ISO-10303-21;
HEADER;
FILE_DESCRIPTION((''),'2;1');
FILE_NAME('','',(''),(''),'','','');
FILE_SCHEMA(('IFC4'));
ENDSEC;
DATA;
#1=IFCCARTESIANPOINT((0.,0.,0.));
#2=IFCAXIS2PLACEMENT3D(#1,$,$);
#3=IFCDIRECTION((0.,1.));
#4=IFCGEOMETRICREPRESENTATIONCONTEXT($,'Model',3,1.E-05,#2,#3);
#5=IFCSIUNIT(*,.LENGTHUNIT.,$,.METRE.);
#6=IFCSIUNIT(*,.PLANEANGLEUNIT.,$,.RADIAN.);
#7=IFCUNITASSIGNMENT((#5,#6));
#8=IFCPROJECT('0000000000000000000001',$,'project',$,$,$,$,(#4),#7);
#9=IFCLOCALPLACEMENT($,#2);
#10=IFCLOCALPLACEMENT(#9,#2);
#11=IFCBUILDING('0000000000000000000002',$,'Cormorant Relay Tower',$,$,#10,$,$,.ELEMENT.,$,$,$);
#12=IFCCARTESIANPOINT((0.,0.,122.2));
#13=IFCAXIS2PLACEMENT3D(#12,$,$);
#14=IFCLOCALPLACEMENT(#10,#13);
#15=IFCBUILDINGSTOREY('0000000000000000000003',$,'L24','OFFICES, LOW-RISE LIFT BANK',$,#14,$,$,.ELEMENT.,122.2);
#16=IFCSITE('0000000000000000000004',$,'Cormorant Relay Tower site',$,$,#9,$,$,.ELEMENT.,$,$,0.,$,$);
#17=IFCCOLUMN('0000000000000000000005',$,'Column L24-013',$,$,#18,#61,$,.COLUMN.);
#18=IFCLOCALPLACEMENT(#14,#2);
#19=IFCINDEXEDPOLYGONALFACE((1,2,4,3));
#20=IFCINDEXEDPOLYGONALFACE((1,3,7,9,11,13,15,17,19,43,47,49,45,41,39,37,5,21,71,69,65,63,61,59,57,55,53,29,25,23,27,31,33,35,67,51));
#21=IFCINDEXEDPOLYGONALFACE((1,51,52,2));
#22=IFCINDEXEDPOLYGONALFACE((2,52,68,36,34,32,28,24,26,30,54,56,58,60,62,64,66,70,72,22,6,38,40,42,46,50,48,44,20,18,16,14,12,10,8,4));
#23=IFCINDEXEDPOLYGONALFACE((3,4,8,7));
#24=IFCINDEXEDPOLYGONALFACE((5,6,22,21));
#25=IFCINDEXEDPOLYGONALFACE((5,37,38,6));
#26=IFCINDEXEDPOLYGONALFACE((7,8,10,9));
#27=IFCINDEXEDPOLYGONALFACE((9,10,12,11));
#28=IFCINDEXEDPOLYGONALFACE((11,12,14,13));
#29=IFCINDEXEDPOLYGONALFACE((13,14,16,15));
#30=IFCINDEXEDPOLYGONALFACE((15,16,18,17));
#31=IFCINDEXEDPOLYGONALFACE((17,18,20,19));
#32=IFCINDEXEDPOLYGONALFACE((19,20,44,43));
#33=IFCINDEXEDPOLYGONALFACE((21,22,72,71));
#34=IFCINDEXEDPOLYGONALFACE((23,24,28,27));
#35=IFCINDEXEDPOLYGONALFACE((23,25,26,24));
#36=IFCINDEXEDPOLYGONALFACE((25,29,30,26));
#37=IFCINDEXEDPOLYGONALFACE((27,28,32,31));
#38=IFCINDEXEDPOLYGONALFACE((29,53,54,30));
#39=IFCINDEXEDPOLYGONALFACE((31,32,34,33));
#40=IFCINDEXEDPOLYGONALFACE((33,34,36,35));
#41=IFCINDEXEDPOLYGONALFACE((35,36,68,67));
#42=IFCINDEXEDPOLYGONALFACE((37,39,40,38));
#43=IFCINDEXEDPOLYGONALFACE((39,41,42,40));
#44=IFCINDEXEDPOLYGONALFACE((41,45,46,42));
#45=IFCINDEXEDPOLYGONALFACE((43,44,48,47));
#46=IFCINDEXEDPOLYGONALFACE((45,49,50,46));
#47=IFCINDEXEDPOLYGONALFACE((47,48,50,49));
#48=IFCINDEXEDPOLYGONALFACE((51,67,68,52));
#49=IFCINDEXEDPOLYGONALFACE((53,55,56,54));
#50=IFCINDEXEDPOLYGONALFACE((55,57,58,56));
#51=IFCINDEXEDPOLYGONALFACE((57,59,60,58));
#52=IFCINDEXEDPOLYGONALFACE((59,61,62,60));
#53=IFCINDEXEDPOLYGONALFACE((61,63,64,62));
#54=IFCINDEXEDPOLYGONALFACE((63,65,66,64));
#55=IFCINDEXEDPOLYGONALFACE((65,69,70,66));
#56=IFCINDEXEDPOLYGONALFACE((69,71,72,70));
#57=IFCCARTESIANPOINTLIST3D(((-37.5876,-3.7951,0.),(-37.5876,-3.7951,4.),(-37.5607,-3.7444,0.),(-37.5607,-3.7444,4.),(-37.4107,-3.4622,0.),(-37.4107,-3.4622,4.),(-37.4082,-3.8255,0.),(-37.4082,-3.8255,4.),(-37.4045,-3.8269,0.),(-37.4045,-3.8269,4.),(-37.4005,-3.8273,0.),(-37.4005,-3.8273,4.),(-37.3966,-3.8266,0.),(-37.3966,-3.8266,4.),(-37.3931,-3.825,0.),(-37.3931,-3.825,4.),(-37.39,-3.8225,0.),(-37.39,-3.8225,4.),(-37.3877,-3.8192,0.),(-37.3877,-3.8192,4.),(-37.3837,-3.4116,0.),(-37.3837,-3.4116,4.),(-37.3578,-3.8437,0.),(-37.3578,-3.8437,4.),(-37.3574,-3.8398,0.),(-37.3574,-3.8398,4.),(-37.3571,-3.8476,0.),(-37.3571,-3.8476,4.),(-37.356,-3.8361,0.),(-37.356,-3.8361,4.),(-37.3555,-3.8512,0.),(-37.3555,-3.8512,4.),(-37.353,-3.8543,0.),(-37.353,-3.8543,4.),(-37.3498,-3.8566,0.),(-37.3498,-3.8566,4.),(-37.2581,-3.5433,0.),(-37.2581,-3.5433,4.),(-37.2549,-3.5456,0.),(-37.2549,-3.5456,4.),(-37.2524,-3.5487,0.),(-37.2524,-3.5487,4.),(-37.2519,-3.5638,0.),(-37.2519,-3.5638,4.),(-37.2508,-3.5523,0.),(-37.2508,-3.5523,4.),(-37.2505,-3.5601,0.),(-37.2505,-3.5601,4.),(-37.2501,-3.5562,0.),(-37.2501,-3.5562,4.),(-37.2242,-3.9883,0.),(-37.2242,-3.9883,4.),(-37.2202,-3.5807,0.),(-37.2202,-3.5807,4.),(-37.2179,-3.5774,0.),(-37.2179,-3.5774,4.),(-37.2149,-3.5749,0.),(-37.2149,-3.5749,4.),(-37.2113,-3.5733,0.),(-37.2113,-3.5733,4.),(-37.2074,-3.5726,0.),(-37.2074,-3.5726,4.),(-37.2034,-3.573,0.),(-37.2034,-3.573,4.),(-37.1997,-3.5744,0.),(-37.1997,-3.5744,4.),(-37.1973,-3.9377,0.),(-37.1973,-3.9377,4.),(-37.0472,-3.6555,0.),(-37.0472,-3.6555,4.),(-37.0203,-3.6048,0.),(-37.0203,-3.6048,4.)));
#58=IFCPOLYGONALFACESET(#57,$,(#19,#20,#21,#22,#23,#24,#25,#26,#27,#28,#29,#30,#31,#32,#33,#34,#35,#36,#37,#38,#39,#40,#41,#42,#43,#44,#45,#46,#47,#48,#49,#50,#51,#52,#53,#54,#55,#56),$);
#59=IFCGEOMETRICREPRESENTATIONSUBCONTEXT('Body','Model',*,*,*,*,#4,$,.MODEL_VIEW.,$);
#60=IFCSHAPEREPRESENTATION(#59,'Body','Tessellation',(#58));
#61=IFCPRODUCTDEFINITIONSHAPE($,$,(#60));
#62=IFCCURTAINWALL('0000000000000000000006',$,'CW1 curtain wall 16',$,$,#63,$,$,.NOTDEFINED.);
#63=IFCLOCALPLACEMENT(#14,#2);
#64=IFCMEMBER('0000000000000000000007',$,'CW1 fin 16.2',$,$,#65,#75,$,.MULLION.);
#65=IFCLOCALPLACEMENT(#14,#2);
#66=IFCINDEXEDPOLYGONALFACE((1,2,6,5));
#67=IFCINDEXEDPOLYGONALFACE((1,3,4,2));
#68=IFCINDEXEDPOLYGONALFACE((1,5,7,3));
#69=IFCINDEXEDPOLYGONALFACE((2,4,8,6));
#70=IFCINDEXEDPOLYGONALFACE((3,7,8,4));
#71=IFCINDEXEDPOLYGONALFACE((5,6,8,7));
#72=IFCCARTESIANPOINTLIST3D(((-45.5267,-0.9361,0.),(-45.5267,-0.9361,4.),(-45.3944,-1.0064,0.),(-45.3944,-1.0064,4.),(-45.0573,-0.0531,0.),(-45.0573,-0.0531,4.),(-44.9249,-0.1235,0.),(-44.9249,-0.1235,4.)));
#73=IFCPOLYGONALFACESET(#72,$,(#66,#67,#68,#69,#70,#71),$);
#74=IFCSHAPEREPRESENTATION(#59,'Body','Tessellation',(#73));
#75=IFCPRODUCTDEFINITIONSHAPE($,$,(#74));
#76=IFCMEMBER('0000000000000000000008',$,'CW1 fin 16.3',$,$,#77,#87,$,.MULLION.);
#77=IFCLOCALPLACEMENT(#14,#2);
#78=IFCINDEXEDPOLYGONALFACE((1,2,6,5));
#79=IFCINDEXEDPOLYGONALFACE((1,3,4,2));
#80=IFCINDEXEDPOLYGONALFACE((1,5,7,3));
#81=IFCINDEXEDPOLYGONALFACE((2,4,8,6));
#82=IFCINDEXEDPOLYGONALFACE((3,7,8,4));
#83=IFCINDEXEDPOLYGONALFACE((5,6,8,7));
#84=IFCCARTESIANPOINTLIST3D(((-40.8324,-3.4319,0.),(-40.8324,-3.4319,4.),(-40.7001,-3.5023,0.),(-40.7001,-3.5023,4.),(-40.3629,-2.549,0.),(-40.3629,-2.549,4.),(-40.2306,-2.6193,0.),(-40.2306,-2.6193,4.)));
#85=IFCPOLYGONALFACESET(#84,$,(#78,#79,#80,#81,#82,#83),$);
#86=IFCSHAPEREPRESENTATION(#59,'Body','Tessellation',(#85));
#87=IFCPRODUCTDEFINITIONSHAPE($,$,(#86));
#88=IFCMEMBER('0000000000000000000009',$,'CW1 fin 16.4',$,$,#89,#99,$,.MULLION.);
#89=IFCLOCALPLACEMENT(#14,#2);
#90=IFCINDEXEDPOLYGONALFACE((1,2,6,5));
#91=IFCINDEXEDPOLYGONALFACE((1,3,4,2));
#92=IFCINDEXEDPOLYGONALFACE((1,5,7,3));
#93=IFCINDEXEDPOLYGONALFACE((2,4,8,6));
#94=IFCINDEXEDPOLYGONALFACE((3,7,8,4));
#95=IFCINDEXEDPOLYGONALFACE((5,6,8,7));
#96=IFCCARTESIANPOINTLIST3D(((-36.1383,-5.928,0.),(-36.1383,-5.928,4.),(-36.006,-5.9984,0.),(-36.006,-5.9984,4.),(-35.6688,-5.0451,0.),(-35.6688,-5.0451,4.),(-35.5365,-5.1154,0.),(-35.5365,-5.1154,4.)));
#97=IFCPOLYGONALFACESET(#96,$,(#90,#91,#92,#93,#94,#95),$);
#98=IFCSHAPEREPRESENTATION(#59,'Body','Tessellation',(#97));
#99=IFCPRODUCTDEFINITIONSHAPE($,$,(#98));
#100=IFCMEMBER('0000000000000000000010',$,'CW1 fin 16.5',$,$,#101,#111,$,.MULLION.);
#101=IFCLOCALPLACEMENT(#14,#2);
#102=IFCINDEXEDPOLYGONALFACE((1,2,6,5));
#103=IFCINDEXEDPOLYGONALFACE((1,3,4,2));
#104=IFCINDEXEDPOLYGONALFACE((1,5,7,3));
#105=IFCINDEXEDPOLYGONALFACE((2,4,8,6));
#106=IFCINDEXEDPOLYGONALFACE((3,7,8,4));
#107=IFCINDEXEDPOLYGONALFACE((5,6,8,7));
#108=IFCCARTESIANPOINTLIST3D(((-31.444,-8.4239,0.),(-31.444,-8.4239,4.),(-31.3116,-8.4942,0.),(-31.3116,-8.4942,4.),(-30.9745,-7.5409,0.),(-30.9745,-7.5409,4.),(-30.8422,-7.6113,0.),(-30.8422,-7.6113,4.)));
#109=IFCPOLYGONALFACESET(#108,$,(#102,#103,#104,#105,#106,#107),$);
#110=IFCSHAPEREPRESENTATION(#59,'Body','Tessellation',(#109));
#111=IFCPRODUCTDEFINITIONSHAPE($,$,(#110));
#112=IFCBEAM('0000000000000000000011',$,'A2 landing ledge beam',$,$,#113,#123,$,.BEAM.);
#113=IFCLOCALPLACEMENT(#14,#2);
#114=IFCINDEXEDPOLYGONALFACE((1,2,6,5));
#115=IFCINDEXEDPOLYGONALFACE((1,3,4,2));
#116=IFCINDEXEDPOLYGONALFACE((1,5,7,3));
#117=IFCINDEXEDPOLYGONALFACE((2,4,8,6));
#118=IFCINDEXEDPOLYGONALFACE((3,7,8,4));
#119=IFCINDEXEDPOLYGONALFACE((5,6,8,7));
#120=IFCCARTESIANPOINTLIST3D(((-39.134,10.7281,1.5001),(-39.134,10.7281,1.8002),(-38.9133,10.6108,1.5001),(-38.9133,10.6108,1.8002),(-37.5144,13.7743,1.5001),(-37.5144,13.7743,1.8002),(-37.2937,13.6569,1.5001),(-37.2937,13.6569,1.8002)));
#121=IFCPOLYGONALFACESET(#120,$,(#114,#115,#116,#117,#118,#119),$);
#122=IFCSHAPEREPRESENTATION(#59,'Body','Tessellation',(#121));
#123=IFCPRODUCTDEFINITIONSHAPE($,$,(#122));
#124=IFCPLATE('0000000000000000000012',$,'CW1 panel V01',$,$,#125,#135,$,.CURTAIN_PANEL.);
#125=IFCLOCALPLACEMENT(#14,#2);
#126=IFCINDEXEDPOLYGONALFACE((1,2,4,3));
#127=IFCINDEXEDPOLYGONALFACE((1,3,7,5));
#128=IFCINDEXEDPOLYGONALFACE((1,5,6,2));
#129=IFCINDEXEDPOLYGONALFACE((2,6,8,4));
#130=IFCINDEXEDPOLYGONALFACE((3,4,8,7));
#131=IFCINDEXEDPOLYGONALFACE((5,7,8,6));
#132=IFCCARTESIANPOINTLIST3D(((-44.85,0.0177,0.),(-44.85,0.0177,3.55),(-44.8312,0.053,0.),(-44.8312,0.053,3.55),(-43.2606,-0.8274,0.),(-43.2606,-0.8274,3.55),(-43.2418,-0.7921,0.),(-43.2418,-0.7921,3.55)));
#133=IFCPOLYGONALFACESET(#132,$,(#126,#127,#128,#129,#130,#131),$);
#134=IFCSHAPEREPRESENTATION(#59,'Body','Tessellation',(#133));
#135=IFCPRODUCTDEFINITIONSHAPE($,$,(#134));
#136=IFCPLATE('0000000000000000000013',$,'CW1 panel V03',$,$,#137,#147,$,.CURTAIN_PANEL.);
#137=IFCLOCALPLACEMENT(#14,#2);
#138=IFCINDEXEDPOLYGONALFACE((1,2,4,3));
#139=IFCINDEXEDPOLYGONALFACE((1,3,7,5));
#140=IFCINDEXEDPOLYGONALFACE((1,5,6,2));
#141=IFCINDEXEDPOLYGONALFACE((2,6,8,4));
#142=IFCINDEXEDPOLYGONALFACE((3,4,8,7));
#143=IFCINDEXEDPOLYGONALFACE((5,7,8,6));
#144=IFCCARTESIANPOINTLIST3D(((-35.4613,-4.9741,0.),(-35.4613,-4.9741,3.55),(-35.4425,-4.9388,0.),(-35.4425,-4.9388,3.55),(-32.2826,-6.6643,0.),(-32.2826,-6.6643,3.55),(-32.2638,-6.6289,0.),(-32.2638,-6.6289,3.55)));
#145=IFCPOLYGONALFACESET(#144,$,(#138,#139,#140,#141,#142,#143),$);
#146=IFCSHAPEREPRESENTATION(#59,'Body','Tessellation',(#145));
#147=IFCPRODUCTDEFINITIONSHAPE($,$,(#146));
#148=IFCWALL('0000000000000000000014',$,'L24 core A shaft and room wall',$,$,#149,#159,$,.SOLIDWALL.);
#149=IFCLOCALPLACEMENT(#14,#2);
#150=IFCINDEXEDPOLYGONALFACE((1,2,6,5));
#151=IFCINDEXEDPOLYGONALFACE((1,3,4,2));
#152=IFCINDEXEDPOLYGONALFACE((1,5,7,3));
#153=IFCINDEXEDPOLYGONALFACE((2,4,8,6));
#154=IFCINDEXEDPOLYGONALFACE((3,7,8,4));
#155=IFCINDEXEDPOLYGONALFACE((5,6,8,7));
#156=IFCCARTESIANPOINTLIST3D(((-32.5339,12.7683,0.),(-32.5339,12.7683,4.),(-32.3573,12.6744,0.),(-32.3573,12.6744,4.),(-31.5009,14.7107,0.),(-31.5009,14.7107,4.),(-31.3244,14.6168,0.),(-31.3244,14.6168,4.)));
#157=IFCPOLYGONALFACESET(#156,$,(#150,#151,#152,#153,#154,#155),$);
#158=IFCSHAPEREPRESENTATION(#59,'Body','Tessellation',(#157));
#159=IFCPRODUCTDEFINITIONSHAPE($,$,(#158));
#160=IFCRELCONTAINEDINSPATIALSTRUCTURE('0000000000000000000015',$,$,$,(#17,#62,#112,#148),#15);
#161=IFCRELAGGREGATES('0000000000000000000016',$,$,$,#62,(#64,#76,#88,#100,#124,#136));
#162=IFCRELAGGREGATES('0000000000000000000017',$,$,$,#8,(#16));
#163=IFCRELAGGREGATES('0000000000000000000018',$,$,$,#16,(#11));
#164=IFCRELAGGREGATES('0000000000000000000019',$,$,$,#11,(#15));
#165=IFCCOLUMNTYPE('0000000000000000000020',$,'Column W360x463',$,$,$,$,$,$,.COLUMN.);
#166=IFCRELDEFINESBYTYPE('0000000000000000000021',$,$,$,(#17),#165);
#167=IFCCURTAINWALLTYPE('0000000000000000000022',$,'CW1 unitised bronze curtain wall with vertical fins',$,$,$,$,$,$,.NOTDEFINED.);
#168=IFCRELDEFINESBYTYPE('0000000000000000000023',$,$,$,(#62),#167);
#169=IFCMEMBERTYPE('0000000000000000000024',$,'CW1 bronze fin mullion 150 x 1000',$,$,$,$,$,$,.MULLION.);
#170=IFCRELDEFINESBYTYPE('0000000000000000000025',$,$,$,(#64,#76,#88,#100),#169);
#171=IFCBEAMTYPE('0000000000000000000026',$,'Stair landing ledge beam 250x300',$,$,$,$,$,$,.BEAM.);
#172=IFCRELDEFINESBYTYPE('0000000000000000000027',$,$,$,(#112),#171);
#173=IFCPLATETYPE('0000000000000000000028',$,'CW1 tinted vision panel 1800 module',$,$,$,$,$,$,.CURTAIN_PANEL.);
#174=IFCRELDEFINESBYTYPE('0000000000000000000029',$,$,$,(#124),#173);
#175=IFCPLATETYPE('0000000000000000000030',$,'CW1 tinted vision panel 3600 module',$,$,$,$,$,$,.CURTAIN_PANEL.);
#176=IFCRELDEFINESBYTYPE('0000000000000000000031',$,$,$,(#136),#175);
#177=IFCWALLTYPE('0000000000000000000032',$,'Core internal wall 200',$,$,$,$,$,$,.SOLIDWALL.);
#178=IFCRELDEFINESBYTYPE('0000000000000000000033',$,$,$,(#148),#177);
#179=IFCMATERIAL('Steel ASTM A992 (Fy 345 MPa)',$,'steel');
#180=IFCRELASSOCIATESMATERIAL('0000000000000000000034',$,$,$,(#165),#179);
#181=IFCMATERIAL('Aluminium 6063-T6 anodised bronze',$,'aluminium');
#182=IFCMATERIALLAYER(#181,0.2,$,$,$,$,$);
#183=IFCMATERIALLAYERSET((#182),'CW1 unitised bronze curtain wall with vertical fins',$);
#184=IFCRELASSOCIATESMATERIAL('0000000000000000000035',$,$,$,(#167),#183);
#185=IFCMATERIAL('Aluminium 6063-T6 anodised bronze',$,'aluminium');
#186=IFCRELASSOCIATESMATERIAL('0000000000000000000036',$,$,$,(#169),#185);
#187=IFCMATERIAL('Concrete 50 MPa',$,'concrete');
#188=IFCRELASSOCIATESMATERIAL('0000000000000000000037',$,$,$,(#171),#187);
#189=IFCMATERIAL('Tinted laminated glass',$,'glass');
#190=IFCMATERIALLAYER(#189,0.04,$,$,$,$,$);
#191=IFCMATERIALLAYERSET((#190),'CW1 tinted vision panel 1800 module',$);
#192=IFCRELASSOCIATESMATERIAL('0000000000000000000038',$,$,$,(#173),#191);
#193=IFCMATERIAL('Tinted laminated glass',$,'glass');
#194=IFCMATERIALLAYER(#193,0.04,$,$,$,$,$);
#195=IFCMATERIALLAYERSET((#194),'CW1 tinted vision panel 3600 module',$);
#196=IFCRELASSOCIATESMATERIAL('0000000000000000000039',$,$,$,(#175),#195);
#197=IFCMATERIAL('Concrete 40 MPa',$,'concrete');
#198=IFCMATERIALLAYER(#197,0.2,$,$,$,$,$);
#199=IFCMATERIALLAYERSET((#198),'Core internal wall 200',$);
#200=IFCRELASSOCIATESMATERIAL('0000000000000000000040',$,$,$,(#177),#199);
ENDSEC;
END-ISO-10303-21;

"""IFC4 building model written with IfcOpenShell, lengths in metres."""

from ifc_helpers import new_model, si_unit, direction, frame, frame_2d, origin, origin_2d, place, context, subcontext, project, spatial, rectangle, i_section, extrude, material, layer, layer_set, material_profile, profile_set, type_object, element, aggregate, save


model = new_model("IFC4")

# Units and contexts
model_context = context("Model", 3, precision=1e-05, world=origin(), true_north=direction((0.0, 1.0)))
body_context = subcontext(model_context, "Body", "Model", "MODEL_VIEW")
ifc_project = project(units=[si_unit("LENGTHUNIT", "METRE"), si_unit("PLANEANGLEUNIT", "RADIAN")], contexts=[model_context])

# Site, building, storey
site_placement = place(None, origin())
site = spatial("IfcSite", under=ifc_project, at=site_placement, Name="Cormorant Relay Tower site", CompositionType="ELEMENT", RefElevation=0.0)
building_placement = place(site_placement, origin())
building = spatial("IfcBuilding", under=site, at=building_placement, Name="Cormorant Relay Tower", CompositionType="ELEMENT")
storey_placement = place(building_placement, frame((0.0, 0.0, 122.2)))
storey = spatial("IfcBuildingStorey", under=building, at=storey_placement, Name="L24", Description="OFFICES, LOW-RISE LIFT BANK", CompositionType="ELEMENT", Elevation=122.2)

# Column
ifc_material_1 = material(Name="Steel ASTM A992 (Fy 345 MPa)", Category="steel")
ifc_material_profile_1 = material_profile(ifc_material_1, i_section(OverallWidth=0.4116, OverallDepth=0.4343, WebThickness=0.0359, FlangeThickness=0.0574, FilletRadius=0.0151, at=origin_2d()), Name="W360x463")
ifc_profile_set_1 = profile_set([ifc_material_profile_1], Name="Steel ASTM A992 (Fy 345 MPa)")
column_type = type_object("IfcColumnType", Name="Column W360x463", PredefinedType="COLUMN", material=ifc_profile_set_1)
column_placement = place(storey_placement, frame((-37.304, -3.7, 0.0), z_axis=(0.0, 0.0, 1.0), x_axis=(0.882948, -0.469472, 0.0)))
element("IfcColumn", 1, at=column_placement, inside=storey, type_object=column_type, Name="Column L24-013", PredefinedType="COLUMN", context=body_context, shape_type="SweptSolid", body=[
    extrude(i_section(OverallWidth=0.4116, OverallDepth=0.4343, WebThickness=0.0359, FlangeThickness=0.0574, FilletRadius=0.0151, at=origin_2d()), origin(), (0.0, 0.0, 1.0), 4.0),
])

# Curtain wall, members
ifc_material_2 = material(Name="Aluminium 6063-T6 anodised bronze", Category="aluminium")
ifc_layer_1 = layer(ifc_material_2, 0.2)
ifc_layer_set_1 = layer_set([ifc_layer_1], Name="CW1 unitised bronze curtain wall with vertical fins")
curtain_wall_type = type_object("IfcCurtainWallType", Name="CW1 unitised bronze curtain wall with vertical fins", PredefinedType="NOTDEFINED", material=ifc_layer_set_1)
curtain_wall_placement = place(storey_placement, origin())
curtain_wall = element("IfcCurtainWall", 2, at=curtain_wall_placement, inside=storey, type_object=curtain_wall_type, Name="CW1 curtain wall 16", PredefinedType="NOTDEFINED")
ifc_material_3 = material(Name="Aluminium 6063-T6 anodised bronze", Category="aluminium")
ifc_material_profile_2 = material_profile(ifc_material_3, rectangle(XDim=0.1499, YDim=1.0, at=origin_2d()), Name="AL 150x1000")
ifc_profile_set_2 = profile_set([ifc_material_profile_2], Name="Aluminium 6063-T6 anodised bronze")
member_type = type_object("IfcMemberType", Name="CW1 bronze fin mullion 150 x 1000", PredefinedType="MULLION", material=ifc_profile_set_2)
member_1_placement = place(storey_placement, frame((-45.2258, -0.5298, 0.0), z_axis=(0.0, 0.0, 1.0), x_axis=(0.882948, -0.469472, 0.0)))
member_1 = element("IfcMember", 3, at=member_1_placement, type_object=member_type, Name="CW1 fin 16.2", PredefinedType="MULLION", context=body_context, shape_type="SweptSolid", body=[
    extrude(rectangle(XDim=0.1499, YDim=1.0, at=origin_2d()), origin(), (0.0, 0.0, 1.0), 4.0),
])
member_2_placement = place(storey_placement, frame((-40.5315, -3.0256, 0.0), z_axis=(0.0, 0.0, 1.0), x_axis=(0.882948, -0.469472, 0.0)))
member_2 = element("IfcMember", 4, at=member_2_placement, type_object=member_type, Name="CW1 fin 16.3", PredefinedType="MULLION", context=body_context, shape_type="SweptSolid", body=[
    extrude(rectangle(XDim=0.1499, YDim=1.0, at=origin_2d()), origin(), (0.0, 0.0, 1.0), 4.0),
])
member_3_placement = place(storey_placement, frame((-35.8374, -5.5217, 0.0), z_axis=(0.0, 0.0, 1.0), x_axis=(0.882948, -0.469472, 0.0)))
member_3 = element("IfcMember", 5, at=member_3_placement, type_object=member_type, Name="CW1 fin 16.4", PredefinedType="MULLION", context=body_context, shape_type="SweptSolid", body=[
    extrude(rectangle(XDim=0.1499, YDim=1.0, at=origin_2d()), origin(), (0.0, 0.0, 1.0), 4.0),
])
member_4_placement = place(storey_placement, frame((-31.1431, -8.0176, 0.0), z_axis=(0.0, 0.0, 1.0), x_axis=(0.882948, -0.469472, 0.0)))
member_4 = element("IfcMember", 6, at=member_4_placement, type_object=member_type, Name="CW1 fin 16.5", PredefinedType="MULLION", context=body_context, shape_type="SweptSolid", body=[
    extrude(rectangle(XDim=0.1499, YDim=1.0, at=origin_2d()), origin(), (0.0, 0.0, 1.0), 4.0),
])

# Beam
ifc_material_4 = material(Name="Concrete 50 MPa", Category="concrete")
ifc_material_profile_3 = material_profile(ifc_material_4, rectangle(XDim=0.25, YDim=0.3, at=origin_2d()), Name="RC 250x300")
ifc_profile_set_3 = profile_set([ifc_material_profile_3], Name="Concrete 50 MPa")
beam_type = type_object("IfcBeamType", Name="Stair landing ledge beam 250x300", PredefinedType="BEAM", material=ifc_profile_set_3)
beam_placement = place(storey_placement, frame((-37.4041, 13.7156, 1.6501), z_axis=(-0.469464, -0.882952, 0.0), x_axis=(0.882952, -0.469464, 0.0)))
element("IfcBeam", 7, at=beam_placement, inside=storey, type_object=beam_type, Name="A2 landing ledge beam", PredefinedType="BEAM", context=body_context, shape_type="SweptSolid", body=[
    extrude(rectangle(XDim=0.25, YDim=0.3, at=origin_2d()), origin(), (0.0, 0.0, 1.0), 3.45),
])

# Plates
ifc_material_5 = material(Name="Tinted laminated glass", Category="glass")
ifc_layer_2 = layer(ifc_material_5, 0.04)
ifc_layer_set_2 = layer_set([ifc_layer_2], Name="CW1 tinted vision panel 1800 module")
plate_type_1 = type_object("IfcPlateType", Name="CW1 tinted vision panel 1800 module", PredefinedType="CURTAIN_PANEL", material=ifc_layer_set_2)
plate_1_placement = place(storey_placement, frame((-44.0459, -0.3872, 0.0), z_axis=(0.0, 0.0, 1.0), x_axis=(0.882948, -0.469472, 0.0)))
plate_1 = element("IfcPlate", 8, at=plate_1_placement, type_object=plate_type_1, Name="CW1 panel V01", PredefinedType="CURTAIN_PANEL", context=body_context, shape_type="SweptSolid", body=[
    extrude(rectangle(XDim=1.8, YDim=0.04, at=origin_2d()), origin(), (0.0, 0.0, 1.0), 3.55),
])
ifc_material_6 = material(Name="Tinted laminated glass", Category="glass")
ifc_layer_3 = layer(ifc_material_6, 0.04)
ifc_layer_set_3 = layer_set([ifc_layer_3], Name="CW1 tinted vision panel 3600 module")
plate_type_2 = type_object("IfcPlateType", Name="CW1 tinted vision panel 3600 module", PredefinedType="CURTAIN_PANEL", material=ifc_layer_set_3)
plate_2_placement = place(storey_placement, frame((-33.8625, -5.8015, 0.0), z_axis=(0.0, 0.0, 1.0), x_axis=(0.882948, -0.469472, 0.0)))
plate_2 = element("IfcPlate", 9, at=plate_2_placement, type_object=plate_type_2, Name="CW1 panel V03", PredefinedType="CURTAIN_PANEL", context=body_context, shape_type="SweptSolid", body=[
    extrude(rectangle(XDim=3.6001, YDim=0.04, at=origin_2d()), origin(), (0.0, 0.0, 1.0), 3.55),
])

# Wall
ifc_material_7 = material(Name="Concrete 40 MPa", Category="concrete")
ifc_layer_4 = layer(ifc_material_7, 0.2)
ifc_layer_set_4 = layer_set([ifc_layer_4], Name="Core internal wall 200")
wall_type_1 = type_object("IfcWallType", Name="Core internal wall 200", PredefinedType="SOLIDWALL", material=ifc_layer_set_4)
wall_1_placement = place(storey_placement, frame((-31.4126, 14.6638, 0.0), z_axis=(0.0, 0.0, 1.0), x_axis=(-0.469534, -0.882914, 0.0)))
element("IfcWall", 10, at=wall_1_placement, inside=storey, type_object=wall_type_1, Name="L24 core A shaft and room wall", PredefinedType="SOLIDWALL", context=body_context, shape_type="SweptSolid", body=[
    extrude(rectangle(XDim=2.2, YDim=0.2, at=frame_2d((1.1001, 0.0))), origin(), (0.0, 0.0, 1.0), 4.0),
])

aggregate(curtain_wall, [member_1, member_2, member_3, member_4, plate_1, plate_2])

save(model, "model.ifc")
